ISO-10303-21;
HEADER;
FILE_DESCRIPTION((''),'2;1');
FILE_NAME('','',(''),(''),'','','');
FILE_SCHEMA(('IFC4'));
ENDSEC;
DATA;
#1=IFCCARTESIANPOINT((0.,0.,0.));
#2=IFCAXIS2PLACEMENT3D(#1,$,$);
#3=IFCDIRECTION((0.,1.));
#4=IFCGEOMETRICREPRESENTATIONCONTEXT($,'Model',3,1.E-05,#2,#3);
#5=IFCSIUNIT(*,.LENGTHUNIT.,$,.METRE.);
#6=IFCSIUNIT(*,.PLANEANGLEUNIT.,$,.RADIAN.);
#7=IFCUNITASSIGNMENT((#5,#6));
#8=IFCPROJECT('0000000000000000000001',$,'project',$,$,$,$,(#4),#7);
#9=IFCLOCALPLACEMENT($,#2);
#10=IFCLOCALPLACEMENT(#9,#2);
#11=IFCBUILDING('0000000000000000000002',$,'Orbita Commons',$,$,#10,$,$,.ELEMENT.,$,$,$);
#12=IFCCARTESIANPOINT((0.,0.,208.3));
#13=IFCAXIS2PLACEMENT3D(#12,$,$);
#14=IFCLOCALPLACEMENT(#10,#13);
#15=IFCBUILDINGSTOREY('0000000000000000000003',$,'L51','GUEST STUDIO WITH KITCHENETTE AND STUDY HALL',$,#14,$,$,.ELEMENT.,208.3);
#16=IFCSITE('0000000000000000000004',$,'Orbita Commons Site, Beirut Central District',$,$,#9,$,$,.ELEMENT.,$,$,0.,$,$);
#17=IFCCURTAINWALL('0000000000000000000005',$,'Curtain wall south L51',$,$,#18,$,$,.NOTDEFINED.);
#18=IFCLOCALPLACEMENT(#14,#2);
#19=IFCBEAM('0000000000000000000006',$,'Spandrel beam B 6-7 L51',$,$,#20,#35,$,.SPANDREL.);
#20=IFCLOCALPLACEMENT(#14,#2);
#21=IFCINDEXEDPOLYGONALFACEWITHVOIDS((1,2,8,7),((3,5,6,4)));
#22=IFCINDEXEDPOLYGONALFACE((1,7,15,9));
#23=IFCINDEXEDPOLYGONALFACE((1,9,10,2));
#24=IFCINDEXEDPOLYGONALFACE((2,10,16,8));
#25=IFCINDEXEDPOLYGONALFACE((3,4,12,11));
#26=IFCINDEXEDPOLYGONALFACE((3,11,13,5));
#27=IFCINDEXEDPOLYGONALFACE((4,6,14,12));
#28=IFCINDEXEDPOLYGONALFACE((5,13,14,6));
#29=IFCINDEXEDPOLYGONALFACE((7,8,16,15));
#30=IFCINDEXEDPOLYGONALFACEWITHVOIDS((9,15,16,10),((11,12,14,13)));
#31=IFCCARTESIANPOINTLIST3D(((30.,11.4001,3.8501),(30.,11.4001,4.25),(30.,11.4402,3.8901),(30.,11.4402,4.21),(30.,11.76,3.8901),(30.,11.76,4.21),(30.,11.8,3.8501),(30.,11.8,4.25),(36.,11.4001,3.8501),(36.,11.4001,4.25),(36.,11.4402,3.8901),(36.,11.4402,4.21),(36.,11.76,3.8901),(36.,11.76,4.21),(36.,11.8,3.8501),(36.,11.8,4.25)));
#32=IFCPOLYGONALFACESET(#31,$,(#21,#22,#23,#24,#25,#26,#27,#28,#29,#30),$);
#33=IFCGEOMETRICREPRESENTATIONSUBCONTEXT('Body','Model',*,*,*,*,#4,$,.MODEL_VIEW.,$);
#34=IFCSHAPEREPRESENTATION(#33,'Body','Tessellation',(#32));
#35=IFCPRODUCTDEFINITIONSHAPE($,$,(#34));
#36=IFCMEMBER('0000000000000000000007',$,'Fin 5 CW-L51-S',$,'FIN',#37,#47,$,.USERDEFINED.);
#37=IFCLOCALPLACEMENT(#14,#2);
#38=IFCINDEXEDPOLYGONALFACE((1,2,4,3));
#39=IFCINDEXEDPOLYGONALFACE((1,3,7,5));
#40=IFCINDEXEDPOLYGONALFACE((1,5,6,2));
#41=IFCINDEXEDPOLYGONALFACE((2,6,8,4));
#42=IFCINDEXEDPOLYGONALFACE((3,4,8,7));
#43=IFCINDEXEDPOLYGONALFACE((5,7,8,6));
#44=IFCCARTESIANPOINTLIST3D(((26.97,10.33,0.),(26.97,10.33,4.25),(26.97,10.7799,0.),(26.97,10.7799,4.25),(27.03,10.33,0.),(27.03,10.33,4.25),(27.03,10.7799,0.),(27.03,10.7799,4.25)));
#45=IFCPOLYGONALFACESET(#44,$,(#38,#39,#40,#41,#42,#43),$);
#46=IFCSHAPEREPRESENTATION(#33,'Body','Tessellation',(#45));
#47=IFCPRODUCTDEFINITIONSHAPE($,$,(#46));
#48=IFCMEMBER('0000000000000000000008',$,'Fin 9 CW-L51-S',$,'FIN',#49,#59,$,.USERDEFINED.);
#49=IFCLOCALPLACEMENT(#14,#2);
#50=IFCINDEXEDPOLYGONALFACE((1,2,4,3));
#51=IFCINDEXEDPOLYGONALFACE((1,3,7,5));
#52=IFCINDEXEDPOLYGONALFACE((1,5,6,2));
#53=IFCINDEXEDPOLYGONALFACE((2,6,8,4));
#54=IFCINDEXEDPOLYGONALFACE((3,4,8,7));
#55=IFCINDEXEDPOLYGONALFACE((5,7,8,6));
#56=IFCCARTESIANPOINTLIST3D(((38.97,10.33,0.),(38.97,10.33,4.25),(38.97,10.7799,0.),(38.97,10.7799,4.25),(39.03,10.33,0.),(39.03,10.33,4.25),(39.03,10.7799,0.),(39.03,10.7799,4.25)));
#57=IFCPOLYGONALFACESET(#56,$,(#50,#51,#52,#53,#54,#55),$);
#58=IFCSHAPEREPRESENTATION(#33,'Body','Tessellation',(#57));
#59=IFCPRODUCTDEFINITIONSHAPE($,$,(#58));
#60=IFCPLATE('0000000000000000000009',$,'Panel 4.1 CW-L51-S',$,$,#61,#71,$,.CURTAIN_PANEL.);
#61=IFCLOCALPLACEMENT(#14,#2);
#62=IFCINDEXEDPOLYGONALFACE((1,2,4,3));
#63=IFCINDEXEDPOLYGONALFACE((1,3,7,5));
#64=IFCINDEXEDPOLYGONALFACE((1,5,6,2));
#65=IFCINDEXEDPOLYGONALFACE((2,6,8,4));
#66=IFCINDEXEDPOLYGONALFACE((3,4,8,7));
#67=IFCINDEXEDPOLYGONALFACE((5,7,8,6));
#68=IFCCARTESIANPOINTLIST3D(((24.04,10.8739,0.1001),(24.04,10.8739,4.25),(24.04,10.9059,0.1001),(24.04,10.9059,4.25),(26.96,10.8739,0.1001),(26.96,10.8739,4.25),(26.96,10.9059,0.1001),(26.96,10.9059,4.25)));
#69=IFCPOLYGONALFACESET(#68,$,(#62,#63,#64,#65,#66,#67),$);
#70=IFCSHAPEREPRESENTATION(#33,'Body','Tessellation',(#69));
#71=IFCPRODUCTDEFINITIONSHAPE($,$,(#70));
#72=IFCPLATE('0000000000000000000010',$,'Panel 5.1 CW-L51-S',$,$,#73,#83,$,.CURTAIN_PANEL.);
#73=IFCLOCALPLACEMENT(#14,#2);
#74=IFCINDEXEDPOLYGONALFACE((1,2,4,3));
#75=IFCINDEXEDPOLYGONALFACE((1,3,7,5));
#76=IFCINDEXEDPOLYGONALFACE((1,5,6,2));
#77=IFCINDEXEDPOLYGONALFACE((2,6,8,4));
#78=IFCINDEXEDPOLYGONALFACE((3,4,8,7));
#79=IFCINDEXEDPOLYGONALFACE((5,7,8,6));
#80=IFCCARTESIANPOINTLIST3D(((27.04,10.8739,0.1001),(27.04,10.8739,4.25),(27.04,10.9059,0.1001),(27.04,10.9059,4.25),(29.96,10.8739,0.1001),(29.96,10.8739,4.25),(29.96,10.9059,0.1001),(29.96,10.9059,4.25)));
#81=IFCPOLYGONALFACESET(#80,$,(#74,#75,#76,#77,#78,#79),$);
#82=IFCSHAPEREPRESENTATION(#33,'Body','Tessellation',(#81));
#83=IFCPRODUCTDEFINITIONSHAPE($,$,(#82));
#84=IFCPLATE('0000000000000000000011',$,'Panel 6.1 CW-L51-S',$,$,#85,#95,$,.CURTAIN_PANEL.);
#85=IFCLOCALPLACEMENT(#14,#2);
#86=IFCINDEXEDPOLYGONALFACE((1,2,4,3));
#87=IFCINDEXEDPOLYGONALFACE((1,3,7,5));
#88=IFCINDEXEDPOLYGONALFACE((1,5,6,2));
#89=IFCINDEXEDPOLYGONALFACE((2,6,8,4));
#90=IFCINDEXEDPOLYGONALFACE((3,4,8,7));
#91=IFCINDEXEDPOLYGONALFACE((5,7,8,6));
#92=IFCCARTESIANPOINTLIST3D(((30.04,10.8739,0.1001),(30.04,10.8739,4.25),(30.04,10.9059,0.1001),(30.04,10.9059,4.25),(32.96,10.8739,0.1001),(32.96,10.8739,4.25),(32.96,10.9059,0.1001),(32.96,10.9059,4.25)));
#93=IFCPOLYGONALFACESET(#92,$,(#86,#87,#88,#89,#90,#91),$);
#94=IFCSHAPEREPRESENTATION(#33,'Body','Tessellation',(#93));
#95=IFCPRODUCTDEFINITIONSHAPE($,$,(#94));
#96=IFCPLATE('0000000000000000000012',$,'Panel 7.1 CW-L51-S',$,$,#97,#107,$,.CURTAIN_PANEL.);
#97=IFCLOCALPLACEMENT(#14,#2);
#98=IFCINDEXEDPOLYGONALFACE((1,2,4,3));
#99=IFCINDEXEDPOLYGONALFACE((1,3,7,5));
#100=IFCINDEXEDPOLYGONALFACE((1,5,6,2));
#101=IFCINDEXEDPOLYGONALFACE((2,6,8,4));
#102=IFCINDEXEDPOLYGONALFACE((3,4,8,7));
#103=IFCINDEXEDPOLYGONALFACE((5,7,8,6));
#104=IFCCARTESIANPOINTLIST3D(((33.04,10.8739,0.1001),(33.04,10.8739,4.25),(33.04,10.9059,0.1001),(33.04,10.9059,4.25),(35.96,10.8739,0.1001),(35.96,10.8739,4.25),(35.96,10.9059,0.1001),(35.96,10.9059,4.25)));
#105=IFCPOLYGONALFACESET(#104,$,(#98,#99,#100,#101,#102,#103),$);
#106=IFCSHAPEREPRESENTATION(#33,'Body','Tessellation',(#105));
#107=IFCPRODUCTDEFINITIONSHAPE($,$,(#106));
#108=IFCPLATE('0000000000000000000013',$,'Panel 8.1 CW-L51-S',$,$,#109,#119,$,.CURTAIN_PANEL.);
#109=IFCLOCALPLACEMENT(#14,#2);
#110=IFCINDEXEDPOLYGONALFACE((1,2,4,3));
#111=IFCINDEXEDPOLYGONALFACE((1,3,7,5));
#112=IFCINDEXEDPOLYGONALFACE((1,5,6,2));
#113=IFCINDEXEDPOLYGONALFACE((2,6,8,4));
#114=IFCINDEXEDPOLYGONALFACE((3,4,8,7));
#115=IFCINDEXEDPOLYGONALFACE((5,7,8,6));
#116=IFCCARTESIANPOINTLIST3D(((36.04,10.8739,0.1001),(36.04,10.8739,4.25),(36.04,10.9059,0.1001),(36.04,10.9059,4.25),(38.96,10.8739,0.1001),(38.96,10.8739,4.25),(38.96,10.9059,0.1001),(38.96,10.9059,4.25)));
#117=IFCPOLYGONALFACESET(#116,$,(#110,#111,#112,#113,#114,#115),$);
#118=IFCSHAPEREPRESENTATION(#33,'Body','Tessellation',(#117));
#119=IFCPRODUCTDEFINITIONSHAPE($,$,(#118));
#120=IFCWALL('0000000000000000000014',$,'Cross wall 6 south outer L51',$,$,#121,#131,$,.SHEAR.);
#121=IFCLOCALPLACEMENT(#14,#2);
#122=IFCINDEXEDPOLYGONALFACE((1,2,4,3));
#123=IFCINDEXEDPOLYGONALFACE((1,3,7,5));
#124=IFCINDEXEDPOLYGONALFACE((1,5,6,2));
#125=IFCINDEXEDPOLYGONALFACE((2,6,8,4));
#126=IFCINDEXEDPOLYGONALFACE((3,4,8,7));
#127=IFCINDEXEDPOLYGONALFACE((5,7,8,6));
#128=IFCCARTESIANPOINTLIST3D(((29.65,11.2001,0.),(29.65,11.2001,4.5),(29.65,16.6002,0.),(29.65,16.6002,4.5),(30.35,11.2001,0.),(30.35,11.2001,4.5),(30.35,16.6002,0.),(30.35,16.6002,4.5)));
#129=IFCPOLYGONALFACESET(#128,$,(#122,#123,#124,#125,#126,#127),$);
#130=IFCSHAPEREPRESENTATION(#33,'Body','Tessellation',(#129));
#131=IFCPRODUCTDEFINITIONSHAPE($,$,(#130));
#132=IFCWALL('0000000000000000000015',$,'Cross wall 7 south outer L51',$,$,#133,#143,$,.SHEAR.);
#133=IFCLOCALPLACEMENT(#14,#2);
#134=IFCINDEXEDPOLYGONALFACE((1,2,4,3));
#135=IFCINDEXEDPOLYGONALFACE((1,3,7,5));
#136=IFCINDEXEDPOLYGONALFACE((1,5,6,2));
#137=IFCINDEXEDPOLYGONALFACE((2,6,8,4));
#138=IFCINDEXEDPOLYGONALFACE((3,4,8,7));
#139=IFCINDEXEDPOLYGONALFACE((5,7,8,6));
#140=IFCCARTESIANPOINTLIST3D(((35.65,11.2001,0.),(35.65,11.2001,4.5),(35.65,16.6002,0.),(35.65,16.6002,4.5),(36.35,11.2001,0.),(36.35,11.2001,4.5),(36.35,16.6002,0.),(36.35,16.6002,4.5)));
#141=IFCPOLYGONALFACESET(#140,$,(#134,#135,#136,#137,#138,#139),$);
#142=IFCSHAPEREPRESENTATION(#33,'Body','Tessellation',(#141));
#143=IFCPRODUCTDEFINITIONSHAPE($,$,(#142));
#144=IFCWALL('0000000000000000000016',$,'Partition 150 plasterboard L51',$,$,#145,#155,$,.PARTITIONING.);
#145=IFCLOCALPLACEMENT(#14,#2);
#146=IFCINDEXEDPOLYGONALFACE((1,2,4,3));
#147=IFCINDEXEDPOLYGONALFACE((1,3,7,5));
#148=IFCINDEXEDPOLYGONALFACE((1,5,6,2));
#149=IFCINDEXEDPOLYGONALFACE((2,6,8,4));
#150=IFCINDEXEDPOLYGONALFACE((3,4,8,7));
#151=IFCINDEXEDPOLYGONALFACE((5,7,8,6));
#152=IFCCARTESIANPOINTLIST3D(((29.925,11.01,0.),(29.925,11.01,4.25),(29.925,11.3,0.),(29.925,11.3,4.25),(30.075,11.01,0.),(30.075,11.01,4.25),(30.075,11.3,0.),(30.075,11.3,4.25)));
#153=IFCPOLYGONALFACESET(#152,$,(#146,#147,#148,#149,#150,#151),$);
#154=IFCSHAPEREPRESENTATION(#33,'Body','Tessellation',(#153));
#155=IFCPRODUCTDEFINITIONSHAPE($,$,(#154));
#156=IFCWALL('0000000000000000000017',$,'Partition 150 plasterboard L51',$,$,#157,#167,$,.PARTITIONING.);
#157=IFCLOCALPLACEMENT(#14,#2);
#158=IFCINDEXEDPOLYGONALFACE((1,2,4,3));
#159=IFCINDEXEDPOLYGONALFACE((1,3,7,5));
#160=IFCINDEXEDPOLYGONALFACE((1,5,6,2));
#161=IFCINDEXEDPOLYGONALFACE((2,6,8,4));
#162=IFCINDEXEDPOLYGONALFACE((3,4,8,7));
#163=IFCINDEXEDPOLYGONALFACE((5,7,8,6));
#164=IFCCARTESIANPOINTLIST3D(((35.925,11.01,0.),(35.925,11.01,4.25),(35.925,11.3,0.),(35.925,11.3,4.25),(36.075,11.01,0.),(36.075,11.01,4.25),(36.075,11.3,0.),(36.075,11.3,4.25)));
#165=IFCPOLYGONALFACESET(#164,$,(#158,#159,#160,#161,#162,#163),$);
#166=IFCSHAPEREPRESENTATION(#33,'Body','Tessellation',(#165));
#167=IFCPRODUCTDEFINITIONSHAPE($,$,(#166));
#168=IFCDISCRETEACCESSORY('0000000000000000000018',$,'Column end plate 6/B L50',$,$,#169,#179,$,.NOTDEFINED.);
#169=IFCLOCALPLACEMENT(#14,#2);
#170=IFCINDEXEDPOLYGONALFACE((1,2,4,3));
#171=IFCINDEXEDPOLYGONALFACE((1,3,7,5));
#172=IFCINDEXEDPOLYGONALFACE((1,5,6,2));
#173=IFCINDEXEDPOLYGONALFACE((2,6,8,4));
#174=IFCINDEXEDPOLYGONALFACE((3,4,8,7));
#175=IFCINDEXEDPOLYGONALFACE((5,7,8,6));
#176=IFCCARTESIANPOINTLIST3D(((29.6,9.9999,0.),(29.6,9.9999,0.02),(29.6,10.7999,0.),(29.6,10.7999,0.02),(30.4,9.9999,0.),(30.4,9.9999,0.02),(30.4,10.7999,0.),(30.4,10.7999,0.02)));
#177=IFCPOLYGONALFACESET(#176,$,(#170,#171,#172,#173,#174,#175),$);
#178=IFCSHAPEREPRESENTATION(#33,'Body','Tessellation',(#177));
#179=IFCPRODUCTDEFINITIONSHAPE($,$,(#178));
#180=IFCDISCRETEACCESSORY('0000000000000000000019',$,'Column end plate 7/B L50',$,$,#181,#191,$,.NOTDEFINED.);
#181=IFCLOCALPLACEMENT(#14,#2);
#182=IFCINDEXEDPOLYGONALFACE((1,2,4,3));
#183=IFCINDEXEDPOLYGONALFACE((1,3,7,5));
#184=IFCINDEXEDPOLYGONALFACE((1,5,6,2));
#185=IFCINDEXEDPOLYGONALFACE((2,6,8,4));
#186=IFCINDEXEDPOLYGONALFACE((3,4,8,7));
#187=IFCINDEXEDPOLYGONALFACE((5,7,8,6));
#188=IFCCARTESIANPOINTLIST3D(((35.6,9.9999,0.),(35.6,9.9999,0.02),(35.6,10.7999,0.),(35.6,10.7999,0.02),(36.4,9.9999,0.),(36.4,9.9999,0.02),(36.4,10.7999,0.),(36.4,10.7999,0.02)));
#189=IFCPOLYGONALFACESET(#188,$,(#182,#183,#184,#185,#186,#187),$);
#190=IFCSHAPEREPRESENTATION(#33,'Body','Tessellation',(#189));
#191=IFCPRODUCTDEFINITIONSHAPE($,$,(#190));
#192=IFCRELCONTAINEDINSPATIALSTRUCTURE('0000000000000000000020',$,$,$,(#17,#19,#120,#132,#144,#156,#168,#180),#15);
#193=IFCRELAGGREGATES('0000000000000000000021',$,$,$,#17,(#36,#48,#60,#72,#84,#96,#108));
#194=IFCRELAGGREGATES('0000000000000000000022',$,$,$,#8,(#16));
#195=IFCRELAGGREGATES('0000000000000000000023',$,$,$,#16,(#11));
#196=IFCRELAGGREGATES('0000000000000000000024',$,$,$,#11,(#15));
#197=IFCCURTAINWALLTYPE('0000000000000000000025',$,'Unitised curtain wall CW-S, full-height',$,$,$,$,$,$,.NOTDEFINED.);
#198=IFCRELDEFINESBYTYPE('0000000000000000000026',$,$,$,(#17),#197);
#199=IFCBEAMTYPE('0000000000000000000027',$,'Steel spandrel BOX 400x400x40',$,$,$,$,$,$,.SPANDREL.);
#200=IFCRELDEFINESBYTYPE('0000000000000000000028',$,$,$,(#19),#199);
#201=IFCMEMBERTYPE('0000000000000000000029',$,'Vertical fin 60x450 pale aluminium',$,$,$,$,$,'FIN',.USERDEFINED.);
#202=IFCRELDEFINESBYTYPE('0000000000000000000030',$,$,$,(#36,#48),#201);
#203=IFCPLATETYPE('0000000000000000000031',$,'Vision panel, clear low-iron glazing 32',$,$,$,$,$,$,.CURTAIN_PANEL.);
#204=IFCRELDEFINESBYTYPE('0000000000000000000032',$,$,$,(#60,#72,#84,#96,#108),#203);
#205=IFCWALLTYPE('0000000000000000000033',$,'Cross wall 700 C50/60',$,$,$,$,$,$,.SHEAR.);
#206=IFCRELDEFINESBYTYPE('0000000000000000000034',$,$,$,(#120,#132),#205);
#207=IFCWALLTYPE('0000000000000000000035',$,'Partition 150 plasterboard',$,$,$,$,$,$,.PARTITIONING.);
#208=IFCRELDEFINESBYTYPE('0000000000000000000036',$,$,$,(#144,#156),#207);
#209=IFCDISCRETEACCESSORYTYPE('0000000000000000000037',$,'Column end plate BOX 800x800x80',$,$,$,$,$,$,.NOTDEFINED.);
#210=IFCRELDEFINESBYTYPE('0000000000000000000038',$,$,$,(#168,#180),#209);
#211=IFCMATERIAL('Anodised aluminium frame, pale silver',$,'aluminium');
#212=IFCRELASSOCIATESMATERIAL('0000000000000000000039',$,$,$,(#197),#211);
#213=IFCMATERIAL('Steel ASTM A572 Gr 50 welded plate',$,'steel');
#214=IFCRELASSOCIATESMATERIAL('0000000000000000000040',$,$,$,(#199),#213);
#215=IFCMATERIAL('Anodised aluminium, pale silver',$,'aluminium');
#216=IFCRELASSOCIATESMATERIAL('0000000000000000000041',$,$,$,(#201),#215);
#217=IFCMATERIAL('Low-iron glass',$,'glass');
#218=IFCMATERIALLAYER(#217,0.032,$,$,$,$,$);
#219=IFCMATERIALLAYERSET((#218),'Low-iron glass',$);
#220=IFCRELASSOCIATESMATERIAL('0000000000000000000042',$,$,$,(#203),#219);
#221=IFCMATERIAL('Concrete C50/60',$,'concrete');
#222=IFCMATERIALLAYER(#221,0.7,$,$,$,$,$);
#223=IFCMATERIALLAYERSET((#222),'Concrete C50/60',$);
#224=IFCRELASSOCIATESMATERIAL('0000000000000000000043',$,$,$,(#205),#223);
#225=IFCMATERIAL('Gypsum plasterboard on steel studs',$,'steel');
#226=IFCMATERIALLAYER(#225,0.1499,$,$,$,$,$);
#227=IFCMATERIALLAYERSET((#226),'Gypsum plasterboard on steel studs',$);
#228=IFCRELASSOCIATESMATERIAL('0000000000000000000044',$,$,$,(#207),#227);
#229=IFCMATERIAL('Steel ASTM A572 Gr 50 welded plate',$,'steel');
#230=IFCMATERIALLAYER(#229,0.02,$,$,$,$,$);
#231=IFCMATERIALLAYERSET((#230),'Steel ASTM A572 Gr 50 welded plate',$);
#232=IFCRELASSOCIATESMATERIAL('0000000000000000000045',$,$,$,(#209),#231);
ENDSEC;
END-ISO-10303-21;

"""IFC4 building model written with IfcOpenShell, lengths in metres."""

from ifc_helpers import new_model, si_unit, direction, frame, frame_2d, origin, origin_2d, place, context, subcontext, project, spatial, rectangle, hollow_rectangle, extrude, material, layer, layer_set, material_profile, profile_set, type_object, element, aggregate, save


model = new_model("IFC4")

# Units and contexts
model_context = context("Model", 3, precision=1e-05, world=origin(), true_north=direction((0.0, 1.0)))
body_context = subcontext(model_context, "Body", "Model", "MODEL_VIEW")
ifc_project = project(units=[si_unit("LENGTHUNIT", "METRE"), si_unit("PLANEANGLEUNIT", "RADIAN")], contexts=[model_context])

# Site, building, storey
site_placement = place(None, origin())
site = spatial("IfcSite", under=ifc_project, at=site_placement, Name="Orbita Commons Site, Beirut Central District", CompositionType="ELEMENT", RefElevation=0.0)
building_placement = place(site_placement, origin())
building = spatial("IfcBuilding", under=site, at=building_placement, Name="Orbita Commons", CompositionType="ELEMENT")
storey_placement = place(building_placement, frame((0.0, 0.0, 208.3)))
storey = spatial("IfcBuildingStorey", under=building, at=storey_placement, Name="L51", Description="GUEST STUDIO WITH KITCHENETTE AND STUDY HALL", CompositionType="ELEMENT", Elevation=208.3)

# Curtain wall
ifc_material_1 = material(Name="Anodised aluminium frame, pale silver", Category="aluminium")
curtain_wall_type = type_object("IfcCurtainWallType", Name="Unitised curtain wall CW-S, full-height", PredefinedType="NOTDEFINED", material=ifc_material_1)
curtain_wall_placement = place(storey_placement, origin())
curtain_wall = element("IfcCurtainWall", 1, at=curtain_wall_placement, inside=storey, type_object=curtain_wall_type, Name="Curtain wall south L51", PredefinedType="NOTDEFINED")

# Beam
ifc_material_2 = material(Name="Steel ASTM A572 Gr 50 welded plate", Category="steel")
ifc_material_profile_1 = material_profile(ifc_material_2, hollow_rectangle(XDim=0.3999, YDim=0.3999, WallThickness=0.04, at=origin_2d()), Name="BOX 400x400x40")
ifc_profile_set_1 = profile_set([ifc_material_profile_1], Name="Steel ASTM A572 Gr 50 welded plate")
beam_type = type_object("IfcBeamType", Name="Steel spandrel BOX 400x400x40", PredefinedType="SPANDREL", material=ifc_profile_set_1)
beam_placement = place(storey_placement, frame((30.0, 11.6001, 4.05), z_axis=(1.0, 0.0, 0.0), x_axis=(0.0, 1.0, 0.0)))
element("IfcBeam", 2, at=beam_placement, inside=storey, type_object=beam_type, Name="Spandrel beam B 6-7 L51", PredefinedType="SPANDREL", context=body_context, shape_type="SweptSolid", body=[
    extrude(hollow_rectangle(XDim=0.3999, YDim=0.3999, WallThickness=0.04, at=origin_2d()), origin(), (0.0, 0.0, 1.0), 6.0),
])

# Members
ifc_material_3 = material(Name="Anodised aluminium, pale silver", Category="aluminium")
ifc_material_profile_2 = material_profile(ifc_material_3, rectangle(XDim=0.0601, YDim=0.45, at=origin_2d()), Name="FIN 60x450")
ifc_profile_set_2 = profile_set([ifc_material_profile_2], Name="Anodised aluminium, pale silver")
member_type_1 = type_object("IfcMemberType", Name="Vertical fin 60x450 pale aluminium", ElementType="FIN", PredefinedType="USERDEFINED", material=ifc_profile_set_2)
member_1_placement = place(storey_placement, frame((27.0, 10.5549, 0.0), z_axis=(0.0, 0.0, 1.0), x_axis=(1.0, 0.0, 0.0)))
member_1 = element("IfcMember", 3, at=member_1_placement, type_object=member_type_1, Name="Fin 5 CW-L51-S", ObjectType="FIN", PredefinedType="USERDEFINED", context=body_context, shape_type="SweptSolid", body=[
    extrude(rectangle(XDim=0.0601, YDim=0.45, at=origin_2d()), origin(), (0.0, 0.0, 1.0), 4.25),
])
member_2_placement = place(storey_placement, frame((39.0, 10.5549, 0.0), z_axis=(0.0, 0.0, 1.0), x_axis=(1.0, 0.0, 0.0)))
member_2 = element("IfcMember", 4, at=member_2_placement, type_object=member_type_1, Name="Fin 9 CW-L51-S", ObjectType="FIN", PredefinedType="USERDEFINED", context=body_context, shape_type="SweptSolid", body=[
    extrude(rectangle(XDim=0.0601, YDim=0.45, at=origin_2d()), origin(), (0.0, 0.0, 1.0), 4.25),
])

# Plates
ifc_material_4 = material(Name="Low-iron glass", Category="glass")
ifc_layer_1 = layer(ifc_material_4, 0.032)
ifc_layer_set_1 = layer_set([ifc_layer_1], Name="Low-iron glass")
plate_type = type_object("IfcPlateType", Name="Vision panel, clear low-iron glazing 32", PredefinedType="CURTAIN_PANEL", material=ifc_layer_set_1)
plate_1_placement = place(storey_placement, frame((25.5, 10.8899, 0.1001), z_axis=(0.0, 0.0, 1.0), x_axis=(1.0, 0.0, 0.0)))
plate_1 = element("IfcPlate", 5, at=plate_1_placement, type_object=plate_type, Name="Panel 4.1 CW-L51-S", PredefinedType="CURTAIN_PANEL", context=body_context, shape_type="SweptSolid", body=[
    extrude(rectangle(XDim=2.9199, YDim=0.032, at=origin_2d()), origin(), (0.0, 0.0, 1.0), 4.1499),
])
plate_2_placement = place(storey_placement, frame((28.5, 10.8899, 0.1001), z_axis=(0.0, 0.0, 1.0), x_axis=(1.0, 0.0, 0.0)))
plate_2 = element("IfcPlate", 6, at=plate_2_placement, type_object=plate_type, Name="Panel 5.1 CW-L51-S", PredefinedType="CURTAIN_PANEL", context=body_context, shape_type="SweptSolid", body=[
    extrude(rectangle(XDim=2.9199, YDim=0.032, at=origin_2d()), origin(), (0.0, 0.0, 1.0), 4.1499),
])
plate_3_placement = place(storey_placement, frame((31.5, 10.8899, 0.1001), z_axis=(0.0, 0.0, 1.0), x_axis=(1.0, 0.0, 0.0)))
plate_3 = element("IfcPlate", 7, at=plate_3_placement, type_object=plate_type, Name="Panel 6.1 CW-L51-S", PredefinedType="CURTAIN_PANEL", context=body_context, shape_type="SweptSolid", body=[
    extrude(rectangle(XDim=2.9199, YDim=0.032, at=origin_2d()), origin(), (0.0, 0.0, 1.0), 4.1499),
])
plate_4_placement = place(storey_placement, frame((34.5, 10.8899, 0.1001), z_axis=(0.0, 0.0, 1.0), x_axis=(1.0, 0.0, 0.0)))
plate_4 = element("IfcPlate", 8, at=plate_4_placement, type_object=plate_type, Name="Panel 7.1 CW-L51-S", PredefinedType="CURTAIN_PANEL", context=body_context, shape_type="SweptSolid", body=[
    extrude(rectangle(XDim=2.9199, YDim=0.032, at=origin_2d()), origin(), (0.0, 0.0, 1.0), 4.1499),
])
plate_5_placement = place(storey_placement, frame((37.5, 10.8899, 0.1001), z_axis=(0.0, 0.0, 1.0), x_axis=(1.0, 0.0, 0.0)))
plate_5 = element("IfcPlate", 9, at=plate_5_placement, type_object=plate_type, Name="Panel 8.1 CW-L51-S", PredefinedType="CURTAIN_PANEL", context=body_context, shape_type="SweptSolid", body=[
    extrude(rectangle(XDim=2.9199, YDim=0.032, at=origin_2d()), origin(), (0.0, 0.0, 1.0), 4.1499),
])
aggregate(curtain_wall, [member_1, member_2, plate_1, plate_2, plate_3, plate_4, plate_5])

# Walls
ifc_material_5 = material(Name="Concrete C50/60", Category="concrete")
ifc_layer_2 = layer(ifc_material_5, 0.7)
ifc_layer_set_2 = layer_set([ifc_layer_2], Name="Concrete C50/60")
wall_type_1 = type_object("IfcWallType", Name="Cross wall 700 C50/60", PredefinedType="SHEAR", material=ifc_layer_set_2)
for number, where, z_axis, x_axis, name in (
    (10, (30.0, 11.2, 0.0), (0.0, 0.0, 1.0), (0.0, 1.0, 0.0), "Cross wall 6 south outer L51"),
    (11, (36.0, 11.2, 0.0), (0.0, 0.0, 1.0), (0.0, 1.0, 0.0), "Cross wall 7 south outer L51"),
):
    element("IfcWall", number, at=place(storey_placement, frame(where, z_axis=z_axis, x_axis=x_axis)), inside=storey, type_object=wall_type_1, Name=name, PredefinedType="SHEAR", context=body_context, shape_type="SweptSolid", body=[
        extrude(rectangle(XDim=5.4001, YDim=0.7, at=frame_2d((2.7002, 0.0))), origin(), (0.0, 0.0, 1.0), 4.5),
    ])
ifc_material_6 = material(Name="Gypsum plasterboard on steel studs", Category="steel")
ifc_layer_3 = layer(ifc_material_6, 0.1499)
ifc_layer_set_3 = layer_set([ifc_layer_3], Name="Gypsum plasterboard on steel studs")
wall_type_2 = type_object("IfcWallType", Name="Partition 150 plasterboard", PredefinedType="PARTITIONING", material=ifc_layer_set_3)
for number, where, z_axis, x_axis, name in (
    (12, (30.0, 11.3, 0.0), (0.0, 0.0, 1.0), (0.0, -1.0, 0.0), "Partition 150 plasterboard L51"),
    (13, (36.0, 11.3, 0.0), (0.0, 0.0, 1.0), (0.0, -1.0, 0.0), "Partition 150 plasterboard L51"),
):
    element("IfcWall", number, at=place(storey_placement, frame(where, z_axis=z_axis, x_axis=x_axis)), inside=storey, type_object=wall_type_2, Name=name, PredefinedType="PARTITIONING", context=body_context, shape_type="SweptSolid", body=[
        extrude(rectangle(XDim=0.29, YDim=0.1499, at=frame_2d((0.145, 0.0))), origin(), (0.0, 0.0, 1.0), 4.25),
    ])

# Discrete accessories
ifc_material_7 = material(Name="Steel ASTM A572 Gr 50 welded plate", Category="steel")
ifc_layer_4 = layer(ifc_material_7, 0.02)
ifc_layer_set_4 = layer_set([ifc_layer_4], Name="Steel ASTM A572 Gr 50 welded plate")
discrete_accessory_type = type_object("IfcDiscreteAccessoryType", Name="Column end plate BOX 800x800x80", PredefinedType="NOTDEFINED", material=ifc_layer_set_4)
for number, where, z_axis, x_axis, name in (
    (14, (30.0, 10.3999, 0.0), (0.0, 0.0, 1.0), (1.0, 0.0, 0.0), "Column end plate 6/B L50"),
    (15, (36.0, 10.3999, 0.0), (0.0, 0.0, 1.0), (1.0, 0.0, 0.0), "Column end plate 7/B L50"),
):
    element("IfcDiscreteAccessory", number, at=place(storey_placement, frame(where, z_axis=z_axis, x_axis=x_axis)), inside=storey, type_object=discrete_accessory_type, Name=name, PredefinedType="NOTDEFINED", context=body_context, shape_type="SweptSolid", body=[
        extrude(rectangle(XDim=0.8, YDim=0.8, at=origin_2d()), origin(), (0.0, 0.0, 1.0), 0.02),
    ])

save(model, "model.ifc")
